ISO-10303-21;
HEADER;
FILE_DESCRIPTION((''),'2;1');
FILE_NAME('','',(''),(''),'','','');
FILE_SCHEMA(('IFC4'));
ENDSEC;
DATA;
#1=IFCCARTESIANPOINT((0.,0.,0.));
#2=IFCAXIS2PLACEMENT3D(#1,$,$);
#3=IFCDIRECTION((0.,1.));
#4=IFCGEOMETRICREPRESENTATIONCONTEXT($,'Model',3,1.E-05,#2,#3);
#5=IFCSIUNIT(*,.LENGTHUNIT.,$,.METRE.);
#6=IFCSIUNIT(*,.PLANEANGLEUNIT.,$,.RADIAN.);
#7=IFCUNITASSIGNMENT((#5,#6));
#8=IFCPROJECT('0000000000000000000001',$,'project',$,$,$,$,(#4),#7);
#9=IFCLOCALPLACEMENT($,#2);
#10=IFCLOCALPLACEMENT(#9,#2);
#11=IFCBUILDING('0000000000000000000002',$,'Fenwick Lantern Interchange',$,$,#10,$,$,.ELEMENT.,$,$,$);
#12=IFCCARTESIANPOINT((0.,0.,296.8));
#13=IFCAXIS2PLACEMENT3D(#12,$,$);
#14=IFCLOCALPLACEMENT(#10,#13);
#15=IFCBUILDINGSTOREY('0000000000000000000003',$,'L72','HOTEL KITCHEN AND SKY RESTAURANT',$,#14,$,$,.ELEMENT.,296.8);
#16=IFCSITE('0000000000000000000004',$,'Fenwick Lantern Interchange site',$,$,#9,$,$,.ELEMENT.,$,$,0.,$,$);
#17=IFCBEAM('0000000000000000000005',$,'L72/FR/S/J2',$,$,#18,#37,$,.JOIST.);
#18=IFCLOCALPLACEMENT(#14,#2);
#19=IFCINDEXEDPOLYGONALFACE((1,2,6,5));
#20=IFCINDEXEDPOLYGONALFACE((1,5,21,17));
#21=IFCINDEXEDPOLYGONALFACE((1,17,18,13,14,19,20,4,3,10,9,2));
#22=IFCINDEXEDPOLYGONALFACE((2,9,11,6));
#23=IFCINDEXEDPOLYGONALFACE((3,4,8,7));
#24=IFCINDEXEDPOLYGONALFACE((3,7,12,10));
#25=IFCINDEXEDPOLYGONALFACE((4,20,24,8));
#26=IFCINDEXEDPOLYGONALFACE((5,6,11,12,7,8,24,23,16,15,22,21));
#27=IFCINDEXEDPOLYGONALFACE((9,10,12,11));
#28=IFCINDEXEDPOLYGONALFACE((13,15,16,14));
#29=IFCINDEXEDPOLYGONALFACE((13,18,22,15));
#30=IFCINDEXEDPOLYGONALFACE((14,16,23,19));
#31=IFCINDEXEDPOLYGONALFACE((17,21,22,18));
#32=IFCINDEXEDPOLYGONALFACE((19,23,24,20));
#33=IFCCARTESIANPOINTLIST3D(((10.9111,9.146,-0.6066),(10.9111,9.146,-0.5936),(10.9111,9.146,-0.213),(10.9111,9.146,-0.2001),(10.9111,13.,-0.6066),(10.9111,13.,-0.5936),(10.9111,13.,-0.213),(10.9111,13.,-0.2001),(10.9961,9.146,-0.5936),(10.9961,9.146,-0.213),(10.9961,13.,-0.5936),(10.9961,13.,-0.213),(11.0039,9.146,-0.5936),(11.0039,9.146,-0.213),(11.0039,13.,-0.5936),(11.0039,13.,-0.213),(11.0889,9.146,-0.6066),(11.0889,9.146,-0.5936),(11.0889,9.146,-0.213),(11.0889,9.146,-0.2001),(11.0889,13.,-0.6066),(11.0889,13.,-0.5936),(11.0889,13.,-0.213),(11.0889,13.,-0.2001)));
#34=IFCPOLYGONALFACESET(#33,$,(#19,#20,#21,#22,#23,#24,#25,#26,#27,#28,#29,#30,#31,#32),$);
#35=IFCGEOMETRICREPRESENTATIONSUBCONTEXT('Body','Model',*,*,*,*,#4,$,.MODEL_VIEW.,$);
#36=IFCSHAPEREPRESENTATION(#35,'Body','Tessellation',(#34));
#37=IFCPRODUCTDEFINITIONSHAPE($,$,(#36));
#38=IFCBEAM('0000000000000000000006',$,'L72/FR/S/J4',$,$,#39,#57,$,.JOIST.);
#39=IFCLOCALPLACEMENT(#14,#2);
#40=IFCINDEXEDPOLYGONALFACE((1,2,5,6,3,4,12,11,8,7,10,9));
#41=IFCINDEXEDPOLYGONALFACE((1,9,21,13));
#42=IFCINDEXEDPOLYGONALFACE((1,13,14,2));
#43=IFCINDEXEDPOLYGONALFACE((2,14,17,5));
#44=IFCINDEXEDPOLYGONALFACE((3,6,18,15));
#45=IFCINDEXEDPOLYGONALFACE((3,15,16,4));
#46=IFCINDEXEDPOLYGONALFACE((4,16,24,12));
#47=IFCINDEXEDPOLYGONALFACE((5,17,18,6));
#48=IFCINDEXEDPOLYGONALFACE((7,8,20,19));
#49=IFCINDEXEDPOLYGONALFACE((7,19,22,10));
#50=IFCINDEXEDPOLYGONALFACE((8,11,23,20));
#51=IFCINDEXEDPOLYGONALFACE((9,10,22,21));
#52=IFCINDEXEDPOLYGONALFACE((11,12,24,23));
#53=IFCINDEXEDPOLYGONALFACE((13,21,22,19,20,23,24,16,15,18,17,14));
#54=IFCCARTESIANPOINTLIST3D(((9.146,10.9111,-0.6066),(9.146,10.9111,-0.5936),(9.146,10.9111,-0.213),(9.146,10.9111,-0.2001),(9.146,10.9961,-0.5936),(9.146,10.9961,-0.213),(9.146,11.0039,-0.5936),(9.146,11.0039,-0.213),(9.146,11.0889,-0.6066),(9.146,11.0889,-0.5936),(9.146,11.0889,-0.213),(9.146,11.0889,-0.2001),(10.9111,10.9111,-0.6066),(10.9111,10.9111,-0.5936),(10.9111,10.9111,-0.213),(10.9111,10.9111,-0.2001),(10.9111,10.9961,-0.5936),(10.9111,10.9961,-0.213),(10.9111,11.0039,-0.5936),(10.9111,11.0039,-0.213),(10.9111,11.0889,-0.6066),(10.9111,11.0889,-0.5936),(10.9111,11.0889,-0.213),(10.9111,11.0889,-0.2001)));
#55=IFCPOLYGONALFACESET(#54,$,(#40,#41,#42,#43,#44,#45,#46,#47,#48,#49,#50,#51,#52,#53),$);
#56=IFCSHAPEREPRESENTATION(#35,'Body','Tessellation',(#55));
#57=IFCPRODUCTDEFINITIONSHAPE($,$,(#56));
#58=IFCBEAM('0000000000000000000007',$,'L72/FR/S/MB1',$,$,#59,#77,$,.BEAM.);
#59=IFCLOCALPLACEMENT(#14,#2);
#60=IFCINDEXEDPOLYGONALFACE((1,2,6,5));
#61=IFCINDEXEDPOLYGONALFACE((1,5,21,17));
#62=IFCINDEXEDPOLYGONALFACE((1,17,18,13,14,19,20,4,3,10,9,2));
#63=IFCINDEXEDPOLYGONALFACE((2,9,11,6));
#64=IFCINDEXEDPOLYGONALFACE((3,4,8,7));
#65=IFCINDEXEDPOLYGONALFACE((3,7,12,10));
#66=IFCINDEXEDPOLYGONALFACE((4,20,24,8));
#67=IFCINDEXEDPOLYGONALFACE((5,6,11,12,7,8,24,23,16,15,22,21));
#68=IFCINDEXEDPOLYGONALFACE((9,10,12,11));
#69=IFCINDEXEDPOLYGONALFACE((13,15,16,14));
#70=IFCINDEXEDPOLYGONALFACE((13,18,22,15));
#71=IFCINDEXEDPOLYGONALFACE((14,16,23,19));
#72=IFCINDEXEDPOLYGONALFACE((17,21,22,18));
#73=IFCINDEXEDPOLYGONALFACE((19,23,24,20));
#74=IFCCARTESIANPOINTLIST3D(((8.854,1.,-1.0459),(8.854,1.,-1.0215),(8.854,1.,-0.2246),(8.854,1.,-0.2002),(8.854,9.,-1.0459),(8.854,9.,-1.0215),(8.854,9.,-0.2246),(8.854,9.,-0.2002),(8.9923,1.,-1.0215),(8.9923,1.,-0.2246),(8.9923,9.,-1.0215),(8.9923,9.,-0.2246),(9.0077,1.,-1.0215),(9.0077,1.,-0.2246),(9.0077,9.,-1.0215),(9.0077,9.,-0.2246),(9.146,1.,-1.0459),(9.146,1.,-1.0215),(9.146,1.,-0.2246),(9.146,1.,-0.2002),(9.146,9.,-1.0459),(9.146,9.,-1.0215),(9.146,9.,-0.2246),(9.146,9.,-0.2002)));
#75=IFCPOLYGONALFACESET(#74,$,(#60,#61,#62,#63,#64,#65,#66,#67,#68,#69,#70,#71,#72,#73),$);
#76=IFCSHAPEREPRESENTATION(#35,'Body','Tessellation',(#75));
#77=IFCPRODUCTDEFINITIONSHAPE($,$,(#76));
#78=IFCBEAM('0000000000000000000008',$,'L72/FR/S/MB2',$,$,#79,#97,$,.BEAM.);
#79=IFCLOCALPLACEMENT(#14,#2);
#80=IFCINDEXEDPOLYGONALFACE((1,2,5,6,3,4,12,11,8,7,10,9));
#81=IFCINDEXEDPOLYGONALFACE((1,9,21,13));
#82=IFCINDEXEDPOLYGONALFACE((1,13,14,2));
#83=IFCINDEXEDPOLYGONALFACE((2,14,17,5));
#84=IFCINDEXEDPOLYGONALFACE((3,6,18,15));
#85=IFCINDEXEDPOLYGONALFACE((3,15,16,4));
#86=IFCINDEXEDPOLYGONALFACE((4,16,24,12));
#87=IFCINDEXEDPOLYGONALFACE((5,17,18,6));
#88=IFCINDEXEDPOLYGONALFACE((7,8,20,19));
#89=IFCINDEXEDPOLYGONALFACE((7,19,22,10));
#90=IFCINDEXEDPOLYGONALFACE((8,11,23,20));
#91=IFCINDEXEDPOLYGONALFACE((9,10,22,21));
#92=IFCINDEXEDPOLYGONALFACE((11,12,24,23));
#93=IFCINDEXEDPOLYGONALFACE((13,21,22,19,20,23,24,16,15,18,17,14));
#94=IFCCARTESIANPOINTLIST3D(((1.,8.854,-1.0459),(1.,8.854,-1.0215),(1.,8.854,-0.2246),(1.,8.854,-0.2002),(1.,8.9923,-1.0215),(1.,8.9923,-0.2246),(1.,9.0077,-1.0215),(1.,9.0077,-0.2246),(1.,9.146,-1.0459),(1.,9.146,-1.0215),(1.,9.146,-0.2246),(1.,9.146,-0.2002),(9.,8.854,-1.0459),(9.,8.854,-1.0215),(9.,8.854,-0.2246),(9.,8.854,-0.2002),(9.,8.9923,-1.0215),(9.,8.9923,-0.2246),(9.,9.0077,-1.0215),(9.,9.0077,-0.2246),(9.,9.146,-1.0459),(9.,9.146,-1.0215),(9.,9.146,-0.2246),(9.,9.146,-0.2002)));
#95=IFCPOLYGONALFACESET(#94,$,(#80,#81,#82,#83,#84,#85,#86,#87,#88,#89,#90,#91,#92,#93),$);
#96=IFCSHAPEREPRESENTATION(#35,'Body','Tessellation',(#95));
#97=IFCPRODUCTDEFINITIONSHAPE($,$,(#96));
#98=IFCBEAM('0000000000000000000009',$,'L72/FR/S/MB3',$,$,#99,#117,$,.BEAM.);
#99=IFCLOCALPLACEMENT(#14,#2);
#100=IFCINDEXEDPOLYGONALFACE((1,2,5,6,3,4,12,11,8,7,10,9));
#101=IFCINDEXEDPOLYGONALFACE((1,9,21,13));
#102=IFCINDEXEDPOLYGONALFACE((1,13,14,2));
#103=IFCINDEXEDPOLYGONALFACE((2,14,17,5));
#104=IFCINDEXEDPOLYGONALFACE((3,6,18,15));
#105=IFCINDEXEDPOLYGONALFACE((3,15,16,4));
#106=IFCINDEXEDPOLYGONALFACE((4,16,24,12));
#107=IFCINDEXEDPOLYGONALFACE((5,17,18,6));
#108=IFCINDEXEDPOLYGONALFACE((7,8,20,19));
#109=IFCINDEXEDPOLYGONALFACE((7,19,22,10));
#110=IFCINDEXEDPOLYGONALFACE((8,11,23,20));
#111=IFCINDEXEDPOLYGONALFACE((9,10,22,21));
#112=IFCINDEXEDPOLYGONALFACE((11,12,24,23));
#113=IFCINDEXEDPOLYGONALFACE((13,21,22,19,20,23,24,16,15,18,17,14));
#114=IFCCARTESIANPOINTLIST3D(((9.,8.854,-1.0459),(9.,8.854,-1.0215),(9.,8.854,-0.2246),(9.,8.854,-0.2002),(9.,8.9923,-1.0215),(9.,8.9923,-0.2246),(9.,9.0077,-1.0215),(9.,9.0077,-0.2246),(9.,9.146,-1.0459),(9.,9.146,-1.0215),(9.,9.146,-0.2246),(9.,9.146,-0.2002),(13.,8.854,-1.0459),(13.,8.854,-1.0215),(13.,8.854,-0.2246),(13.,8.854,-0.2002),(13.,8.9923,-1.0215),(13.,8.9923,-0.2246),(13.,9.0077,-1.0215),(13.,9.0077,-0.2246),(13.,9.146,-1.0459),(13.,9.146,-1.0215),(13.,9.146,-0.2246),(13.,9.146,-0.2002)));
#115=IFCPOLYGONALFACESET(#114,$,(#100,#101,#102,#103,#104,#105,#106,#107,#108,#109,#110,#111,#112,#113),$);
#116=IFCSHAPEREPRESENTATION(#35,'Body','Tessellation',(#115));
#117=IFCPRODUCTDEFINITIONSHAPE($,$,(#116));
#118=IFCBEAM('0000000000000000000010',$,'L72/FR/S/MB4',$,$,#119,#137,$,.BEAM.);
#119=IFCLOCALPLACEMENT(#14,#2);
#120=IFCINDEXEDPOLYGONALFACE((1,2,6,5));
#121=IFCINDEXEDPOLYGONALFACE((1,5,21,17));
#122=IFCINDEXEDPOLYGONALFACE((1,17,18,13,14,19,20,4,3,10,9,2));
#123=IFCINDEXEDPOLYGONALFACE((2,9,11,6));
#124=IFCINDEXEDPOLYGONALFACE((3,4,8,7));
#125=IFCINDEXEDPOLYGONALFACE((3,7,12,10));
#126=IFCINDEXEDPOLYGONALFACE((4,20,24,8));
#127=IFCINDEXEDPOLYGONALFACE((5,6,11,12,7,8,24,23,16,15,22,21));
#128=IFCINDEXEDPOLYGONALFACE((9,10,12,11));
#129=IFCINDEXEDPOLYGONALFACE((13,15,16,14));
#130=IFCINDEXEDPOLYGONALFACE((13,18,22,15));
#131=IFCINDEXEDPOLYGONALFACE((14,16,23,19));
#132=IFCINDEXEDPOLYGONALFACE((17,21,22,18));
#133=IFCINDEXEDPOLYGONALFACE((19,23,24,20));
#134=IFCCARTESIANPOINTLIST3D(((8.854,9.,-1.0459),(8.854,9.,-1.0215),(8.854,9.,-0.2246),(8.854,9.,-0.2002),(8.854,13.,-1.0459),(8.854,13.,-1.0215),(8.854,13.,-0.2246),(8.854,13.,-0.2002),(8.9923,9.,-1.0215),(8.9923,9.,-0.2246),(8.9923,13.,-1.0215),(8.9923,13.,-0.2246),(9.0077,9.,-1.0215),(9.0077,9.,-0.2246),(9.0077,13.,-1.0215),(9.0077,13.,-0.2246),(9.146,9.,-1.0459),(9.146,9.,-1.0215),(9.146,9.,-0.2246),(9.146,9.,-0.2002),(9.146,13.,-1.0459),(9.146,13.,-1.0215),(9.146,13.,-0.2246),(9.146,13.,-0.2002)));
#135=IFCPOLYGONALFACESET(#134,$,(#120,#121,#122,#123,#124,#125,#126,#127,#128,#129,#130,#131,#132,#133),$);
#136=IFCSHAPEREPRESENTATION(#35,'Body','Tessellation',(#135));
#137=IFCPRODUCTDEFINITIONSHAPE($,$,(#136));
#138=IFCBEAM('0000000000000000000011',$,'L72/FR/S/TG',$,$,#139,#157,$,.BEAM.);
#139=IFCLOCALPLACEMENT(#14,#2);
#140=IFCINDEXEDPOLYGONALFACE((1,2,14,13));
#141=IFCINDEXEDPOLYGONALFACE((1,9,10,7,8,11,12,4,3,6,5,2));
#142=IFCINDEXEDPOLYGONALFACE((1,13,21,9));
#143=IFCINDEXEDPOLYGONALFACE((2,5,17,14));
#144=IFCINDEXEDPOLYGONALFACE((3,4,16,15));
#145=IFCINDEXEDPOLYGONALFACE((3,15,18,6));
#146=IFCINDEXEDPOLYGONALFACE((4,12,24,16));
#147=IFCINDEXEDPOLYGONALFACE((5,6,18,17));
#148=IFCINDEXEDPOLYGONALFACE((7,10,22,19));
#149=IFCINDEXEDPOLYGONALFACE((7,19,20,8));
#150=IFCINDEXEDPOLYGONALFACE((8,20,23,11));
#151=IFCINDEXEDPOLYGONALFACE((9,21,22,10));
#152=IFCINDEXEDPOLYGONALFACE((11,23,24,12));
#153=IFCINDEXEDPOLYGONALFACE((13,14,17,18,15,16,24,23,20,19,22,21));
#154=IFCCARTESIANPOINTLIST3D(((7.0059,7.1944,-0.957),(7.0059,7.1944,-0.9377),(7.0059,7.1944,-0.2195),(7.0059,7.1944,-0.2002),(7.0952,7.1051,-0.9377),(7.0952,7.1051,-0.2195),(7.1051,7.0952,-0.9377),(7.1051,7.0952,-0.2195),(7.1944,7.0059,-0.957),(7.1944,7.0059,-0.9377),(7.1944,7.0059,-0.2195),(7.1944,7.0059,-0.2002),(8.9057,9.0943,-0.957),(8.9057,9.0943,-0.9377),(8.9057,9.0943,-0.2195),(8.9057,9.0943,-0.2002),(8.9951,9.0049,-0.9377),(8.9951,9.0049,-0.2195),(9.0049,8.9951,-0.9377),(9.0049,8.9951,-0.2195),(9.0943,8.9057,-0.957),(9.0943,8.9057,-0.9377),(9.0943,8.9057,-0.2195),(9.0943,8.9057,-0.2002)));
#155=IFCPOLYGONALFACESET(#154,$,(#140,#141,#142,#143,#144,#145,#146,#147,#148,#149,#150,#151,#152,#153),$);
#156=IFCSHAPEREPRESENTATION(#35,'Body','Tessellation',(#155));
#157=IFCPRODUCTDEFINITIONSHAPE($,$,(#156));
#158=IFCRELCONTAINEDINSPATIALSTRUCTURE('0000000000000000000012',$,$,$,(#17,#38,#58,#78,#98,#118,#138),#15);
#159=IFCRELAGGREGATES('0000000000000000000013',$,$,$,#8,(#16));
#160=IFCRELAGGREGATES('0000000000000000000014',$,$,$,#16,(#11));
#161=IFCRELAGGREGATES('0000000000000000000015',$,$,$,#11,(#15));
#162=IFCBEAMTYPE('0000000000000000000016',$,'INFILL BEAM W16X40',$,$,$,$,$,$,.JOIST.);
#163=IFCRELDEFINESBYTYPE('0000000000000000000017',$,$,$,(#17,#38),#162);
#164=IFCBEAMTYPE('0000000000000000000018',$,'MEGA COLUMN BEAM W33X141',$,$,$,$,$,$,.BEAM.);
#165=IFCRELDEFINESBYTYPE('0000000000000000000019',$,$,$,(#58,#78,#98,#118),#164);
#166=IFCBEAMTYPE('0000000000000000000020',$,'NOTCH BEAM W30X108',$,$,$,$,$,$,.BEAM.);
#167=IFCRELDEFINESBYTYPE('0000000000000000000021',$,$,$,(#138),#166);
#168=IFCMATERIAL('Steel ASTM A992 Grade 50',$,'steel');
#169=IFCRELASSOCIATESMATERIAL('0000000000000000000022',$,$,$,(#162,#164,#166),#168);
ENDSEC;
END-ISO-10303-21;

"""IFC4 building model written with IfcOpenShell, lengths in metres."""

from ifc_helpers import new_model, si_unit, direction, frame, origin, origin_2d, place, context, subcontext, project, spatial, i_section, extrude, material, material_profile, profile_set, type_object, element, save


model = new_model("IFC4")

# Units and contexts
model_context = context("Model", 3, precision=1e-05, world=origin(), true_north=direction((0.0, 1.0)))
body_context = subcontext(model_context, "Body", "Model", "MODEL_VIEW")
ifc_project = project(units=[si_unit("LENGTHUNIT", "METRE"), si_unit("PLANEANGLEUNIT", "RADIAN")], contexts=[model_context])

# Site, building, storey
site_placement = place(None, origin())
site = spatial("IfcSite", under=ifc_project, at=site_placement, Name="Fenwick Lantern Interchange site", CompositionType="ELEMENT", RefElevation=0.0)
building_placement = place(site_placement, origin())
building = spatial("IfcBuilding", under=site, at=building_placement, Name="Fenwick Lantern Interchange", CompositionType="ELEMENT")
storey_placement = place(building_placement, frame((0.0, 0.0, 296.8)))
storey = spatial("IfcBuildingStorey", under=building, at=storey_placement, Name="L72", Description="HOTEL KITCHEN AND SKY RESTAURANT", CompositionType="ELEMENT", Elevation=296.8)

# Beams
ifc_material = material(Name="Steel ASTM A992 Grade 50", Category="steel")
ifc_material_profile_1 = material_profile(ifc_material, i_section(OverallWidth=0.1777, OverallDepth=0.4065, WebThickness=0.0078, FlangeThickness=0.0129, at=origin_2d()), Name="W16X40")
ifc_profile_set_1 = profile_set([ifc_material_profile_1], Name="Steel ASTM A992 Grade 50")
beam_type_1 = type_object("IfcBeamType", Name="INFILL BEAM W16X40", PredefinedType="JOIST", material=ifc_profile_set_1)
beam_1_placement = place(storey_placement, frame((11.0, 9.146, -0.4033), z_axis=(0.0, 1.0, 0.0), x_axis=(-1.0, 0.0, 0.0)))
element("IfcBeam", 1, at=beam_1_placement, inside=storey, type_object=beam_type_1, Name="L72/FR/S/J2", PredefinedType="JOIST", context=body_context, shape_type="SweptSolid", body=[
    extrude(i_section(OverallWidth=0.1777, OverallDepth=0.4065, WebThickness=0.0078, FlangeThickness=0.0129, at=origin_2d()), origin(), (0.0, 0.0, 1.0), 3.854),
])
beam_2_placement = place(storey_placement, frame((9.146, 11.0, -0.4033), z_axis=(1.0, 0.0, 0.0), x_axis=(0.0, 1.0, 0.0)))
element("IfcBeam", 2, at=beam_2_placement, inside=storey, type_object=beam_type_1, Name="L72/FR/S/J4", PredefinedType="JOIST", context=body_context, shape_type="SweptSolid", body=[
    extrude(i_section(OverallWidth=0.1777, OverallDepth=0.4065, WebThickness=0.0078, FlangeThickness=0.0129, at=origin_2d()), origin(), (0.0, 0.0, 1.0), 1.7651),
])
ifc_material_profile_2 = material_profile(ifc_material, i_section(OverallWidth=0.292, OverallDepth=0.8457, WebThickness=0.0154, FlangeThickness=0.0244, at=origin_2d()), Name="W33X141")
ifc_profile_set_2 = profile_set([ifc_material_profile_2], Name="Steel ASTM A992 Grade 50")
beam_type_2 = type_object("IfcBeamType", Name="MEGA COLUMN BEAM W33X141", PredefinedType="BEAM", material=ifc_profile_set_2)
for number, where, z_axis, x_axis, name in (
    (3, (9.0, 9.0, -0.623), (0.0, -1.0, 0.0), (1.0, 0.0, 0.0), "L72/FR/S/MB1"),
    (4, (9.0, 9.0, -0.623), (-1.0, 0.0, 0.0), (0.0, -1.0, 0.0), "L72/FR/S/MB2"),
):
    element("IfcBeam", number, at=place(storey_placement, frame(where, z_axis=z_axis, x_axis=x_axis)), inside=storey, type_object=beam_type_2, Name=name, PredefinedType="BEAM", context=body_context, shape_type="SweptSolid", body=[
        extrude(i_section(OverallWidth=0.292, OverallDepth=0.8457, WebThickness=0.0154, FlangeThickness=0.0244, at=origin_2d()), origin(), (0.0, 0.0, 1.0), 8.0),
    ])
for number, where, z_axis, x_axis, name in (
    (5, (9.0, 9.0, -0.623), (1.0, 0.0, 0.0), (0.0, 1.0, 0.0), "L72/FR/S/MB3"),
    (6, (9.0, 9.0, -0.623), (0.0, 1.0, 0.0), (-1.0, 0.0, 0.0), "L72/FR/S/MB4"),
):
    element("IfcBeam", number, at=place(storey_placement, frame(where, z_axis=z_axis, x_axis=x_axis)), inside=storey, type_object=beam_type_2, Name=name, PredefinedType="BEAM", context=body_context, shape_type="SweptSolid", body=[
        extrude(i_section(OverallWidth=0.292, OverallDepth=0.8457, WebThickness=0.0154, FlangeThickness=0.0244, at=origin_2d()), origin(), (0.0, 0.0, 1.0), 4.0),
    ])
ifc_material_profile_3 = material_profile(ifc_material, i_section(OverallWidth=0.2666, OverallDepth=0.7568, WebThickness=0.0139, FlangeThickness=0.0193, at=origin_2d()), Name="W30X108")
ifc_profile_set_3 = profile_set([ifc_material_profile_3], Name="Steel ASTM A992 Grade 50")
beam_type_3 = type_object("IfcBeamType", Name="NOTCH BEAM W30X108", PredefinedType="BEAM", material=ifc_profile_set_3)
beam_3_placement = place(storey_placement, frame((9.0, 9.0, -0.5786), z_axis=(-0.707107, -0.707107, 0.0), x_axis=(0.707107, -0.707107, 0.0)))
element("IfcBeam", 7, at=beam_3_placement, inside=storey, type_object=beam_type_3, Name="L72/FR/S/TG", PredefinedType="BEAM", context=body_context, shape_type="SweptSolid", body=[
    extrude(i_section(OverallWidth=0.2666, OverallDepth=0.7568, WebThickness=0.0139, FlangeThickness=0.0193, at=origin_2d()), origin(), (0.0, 0.0, 1.0), 2.6868),
])

save(model, "model.ifc")
